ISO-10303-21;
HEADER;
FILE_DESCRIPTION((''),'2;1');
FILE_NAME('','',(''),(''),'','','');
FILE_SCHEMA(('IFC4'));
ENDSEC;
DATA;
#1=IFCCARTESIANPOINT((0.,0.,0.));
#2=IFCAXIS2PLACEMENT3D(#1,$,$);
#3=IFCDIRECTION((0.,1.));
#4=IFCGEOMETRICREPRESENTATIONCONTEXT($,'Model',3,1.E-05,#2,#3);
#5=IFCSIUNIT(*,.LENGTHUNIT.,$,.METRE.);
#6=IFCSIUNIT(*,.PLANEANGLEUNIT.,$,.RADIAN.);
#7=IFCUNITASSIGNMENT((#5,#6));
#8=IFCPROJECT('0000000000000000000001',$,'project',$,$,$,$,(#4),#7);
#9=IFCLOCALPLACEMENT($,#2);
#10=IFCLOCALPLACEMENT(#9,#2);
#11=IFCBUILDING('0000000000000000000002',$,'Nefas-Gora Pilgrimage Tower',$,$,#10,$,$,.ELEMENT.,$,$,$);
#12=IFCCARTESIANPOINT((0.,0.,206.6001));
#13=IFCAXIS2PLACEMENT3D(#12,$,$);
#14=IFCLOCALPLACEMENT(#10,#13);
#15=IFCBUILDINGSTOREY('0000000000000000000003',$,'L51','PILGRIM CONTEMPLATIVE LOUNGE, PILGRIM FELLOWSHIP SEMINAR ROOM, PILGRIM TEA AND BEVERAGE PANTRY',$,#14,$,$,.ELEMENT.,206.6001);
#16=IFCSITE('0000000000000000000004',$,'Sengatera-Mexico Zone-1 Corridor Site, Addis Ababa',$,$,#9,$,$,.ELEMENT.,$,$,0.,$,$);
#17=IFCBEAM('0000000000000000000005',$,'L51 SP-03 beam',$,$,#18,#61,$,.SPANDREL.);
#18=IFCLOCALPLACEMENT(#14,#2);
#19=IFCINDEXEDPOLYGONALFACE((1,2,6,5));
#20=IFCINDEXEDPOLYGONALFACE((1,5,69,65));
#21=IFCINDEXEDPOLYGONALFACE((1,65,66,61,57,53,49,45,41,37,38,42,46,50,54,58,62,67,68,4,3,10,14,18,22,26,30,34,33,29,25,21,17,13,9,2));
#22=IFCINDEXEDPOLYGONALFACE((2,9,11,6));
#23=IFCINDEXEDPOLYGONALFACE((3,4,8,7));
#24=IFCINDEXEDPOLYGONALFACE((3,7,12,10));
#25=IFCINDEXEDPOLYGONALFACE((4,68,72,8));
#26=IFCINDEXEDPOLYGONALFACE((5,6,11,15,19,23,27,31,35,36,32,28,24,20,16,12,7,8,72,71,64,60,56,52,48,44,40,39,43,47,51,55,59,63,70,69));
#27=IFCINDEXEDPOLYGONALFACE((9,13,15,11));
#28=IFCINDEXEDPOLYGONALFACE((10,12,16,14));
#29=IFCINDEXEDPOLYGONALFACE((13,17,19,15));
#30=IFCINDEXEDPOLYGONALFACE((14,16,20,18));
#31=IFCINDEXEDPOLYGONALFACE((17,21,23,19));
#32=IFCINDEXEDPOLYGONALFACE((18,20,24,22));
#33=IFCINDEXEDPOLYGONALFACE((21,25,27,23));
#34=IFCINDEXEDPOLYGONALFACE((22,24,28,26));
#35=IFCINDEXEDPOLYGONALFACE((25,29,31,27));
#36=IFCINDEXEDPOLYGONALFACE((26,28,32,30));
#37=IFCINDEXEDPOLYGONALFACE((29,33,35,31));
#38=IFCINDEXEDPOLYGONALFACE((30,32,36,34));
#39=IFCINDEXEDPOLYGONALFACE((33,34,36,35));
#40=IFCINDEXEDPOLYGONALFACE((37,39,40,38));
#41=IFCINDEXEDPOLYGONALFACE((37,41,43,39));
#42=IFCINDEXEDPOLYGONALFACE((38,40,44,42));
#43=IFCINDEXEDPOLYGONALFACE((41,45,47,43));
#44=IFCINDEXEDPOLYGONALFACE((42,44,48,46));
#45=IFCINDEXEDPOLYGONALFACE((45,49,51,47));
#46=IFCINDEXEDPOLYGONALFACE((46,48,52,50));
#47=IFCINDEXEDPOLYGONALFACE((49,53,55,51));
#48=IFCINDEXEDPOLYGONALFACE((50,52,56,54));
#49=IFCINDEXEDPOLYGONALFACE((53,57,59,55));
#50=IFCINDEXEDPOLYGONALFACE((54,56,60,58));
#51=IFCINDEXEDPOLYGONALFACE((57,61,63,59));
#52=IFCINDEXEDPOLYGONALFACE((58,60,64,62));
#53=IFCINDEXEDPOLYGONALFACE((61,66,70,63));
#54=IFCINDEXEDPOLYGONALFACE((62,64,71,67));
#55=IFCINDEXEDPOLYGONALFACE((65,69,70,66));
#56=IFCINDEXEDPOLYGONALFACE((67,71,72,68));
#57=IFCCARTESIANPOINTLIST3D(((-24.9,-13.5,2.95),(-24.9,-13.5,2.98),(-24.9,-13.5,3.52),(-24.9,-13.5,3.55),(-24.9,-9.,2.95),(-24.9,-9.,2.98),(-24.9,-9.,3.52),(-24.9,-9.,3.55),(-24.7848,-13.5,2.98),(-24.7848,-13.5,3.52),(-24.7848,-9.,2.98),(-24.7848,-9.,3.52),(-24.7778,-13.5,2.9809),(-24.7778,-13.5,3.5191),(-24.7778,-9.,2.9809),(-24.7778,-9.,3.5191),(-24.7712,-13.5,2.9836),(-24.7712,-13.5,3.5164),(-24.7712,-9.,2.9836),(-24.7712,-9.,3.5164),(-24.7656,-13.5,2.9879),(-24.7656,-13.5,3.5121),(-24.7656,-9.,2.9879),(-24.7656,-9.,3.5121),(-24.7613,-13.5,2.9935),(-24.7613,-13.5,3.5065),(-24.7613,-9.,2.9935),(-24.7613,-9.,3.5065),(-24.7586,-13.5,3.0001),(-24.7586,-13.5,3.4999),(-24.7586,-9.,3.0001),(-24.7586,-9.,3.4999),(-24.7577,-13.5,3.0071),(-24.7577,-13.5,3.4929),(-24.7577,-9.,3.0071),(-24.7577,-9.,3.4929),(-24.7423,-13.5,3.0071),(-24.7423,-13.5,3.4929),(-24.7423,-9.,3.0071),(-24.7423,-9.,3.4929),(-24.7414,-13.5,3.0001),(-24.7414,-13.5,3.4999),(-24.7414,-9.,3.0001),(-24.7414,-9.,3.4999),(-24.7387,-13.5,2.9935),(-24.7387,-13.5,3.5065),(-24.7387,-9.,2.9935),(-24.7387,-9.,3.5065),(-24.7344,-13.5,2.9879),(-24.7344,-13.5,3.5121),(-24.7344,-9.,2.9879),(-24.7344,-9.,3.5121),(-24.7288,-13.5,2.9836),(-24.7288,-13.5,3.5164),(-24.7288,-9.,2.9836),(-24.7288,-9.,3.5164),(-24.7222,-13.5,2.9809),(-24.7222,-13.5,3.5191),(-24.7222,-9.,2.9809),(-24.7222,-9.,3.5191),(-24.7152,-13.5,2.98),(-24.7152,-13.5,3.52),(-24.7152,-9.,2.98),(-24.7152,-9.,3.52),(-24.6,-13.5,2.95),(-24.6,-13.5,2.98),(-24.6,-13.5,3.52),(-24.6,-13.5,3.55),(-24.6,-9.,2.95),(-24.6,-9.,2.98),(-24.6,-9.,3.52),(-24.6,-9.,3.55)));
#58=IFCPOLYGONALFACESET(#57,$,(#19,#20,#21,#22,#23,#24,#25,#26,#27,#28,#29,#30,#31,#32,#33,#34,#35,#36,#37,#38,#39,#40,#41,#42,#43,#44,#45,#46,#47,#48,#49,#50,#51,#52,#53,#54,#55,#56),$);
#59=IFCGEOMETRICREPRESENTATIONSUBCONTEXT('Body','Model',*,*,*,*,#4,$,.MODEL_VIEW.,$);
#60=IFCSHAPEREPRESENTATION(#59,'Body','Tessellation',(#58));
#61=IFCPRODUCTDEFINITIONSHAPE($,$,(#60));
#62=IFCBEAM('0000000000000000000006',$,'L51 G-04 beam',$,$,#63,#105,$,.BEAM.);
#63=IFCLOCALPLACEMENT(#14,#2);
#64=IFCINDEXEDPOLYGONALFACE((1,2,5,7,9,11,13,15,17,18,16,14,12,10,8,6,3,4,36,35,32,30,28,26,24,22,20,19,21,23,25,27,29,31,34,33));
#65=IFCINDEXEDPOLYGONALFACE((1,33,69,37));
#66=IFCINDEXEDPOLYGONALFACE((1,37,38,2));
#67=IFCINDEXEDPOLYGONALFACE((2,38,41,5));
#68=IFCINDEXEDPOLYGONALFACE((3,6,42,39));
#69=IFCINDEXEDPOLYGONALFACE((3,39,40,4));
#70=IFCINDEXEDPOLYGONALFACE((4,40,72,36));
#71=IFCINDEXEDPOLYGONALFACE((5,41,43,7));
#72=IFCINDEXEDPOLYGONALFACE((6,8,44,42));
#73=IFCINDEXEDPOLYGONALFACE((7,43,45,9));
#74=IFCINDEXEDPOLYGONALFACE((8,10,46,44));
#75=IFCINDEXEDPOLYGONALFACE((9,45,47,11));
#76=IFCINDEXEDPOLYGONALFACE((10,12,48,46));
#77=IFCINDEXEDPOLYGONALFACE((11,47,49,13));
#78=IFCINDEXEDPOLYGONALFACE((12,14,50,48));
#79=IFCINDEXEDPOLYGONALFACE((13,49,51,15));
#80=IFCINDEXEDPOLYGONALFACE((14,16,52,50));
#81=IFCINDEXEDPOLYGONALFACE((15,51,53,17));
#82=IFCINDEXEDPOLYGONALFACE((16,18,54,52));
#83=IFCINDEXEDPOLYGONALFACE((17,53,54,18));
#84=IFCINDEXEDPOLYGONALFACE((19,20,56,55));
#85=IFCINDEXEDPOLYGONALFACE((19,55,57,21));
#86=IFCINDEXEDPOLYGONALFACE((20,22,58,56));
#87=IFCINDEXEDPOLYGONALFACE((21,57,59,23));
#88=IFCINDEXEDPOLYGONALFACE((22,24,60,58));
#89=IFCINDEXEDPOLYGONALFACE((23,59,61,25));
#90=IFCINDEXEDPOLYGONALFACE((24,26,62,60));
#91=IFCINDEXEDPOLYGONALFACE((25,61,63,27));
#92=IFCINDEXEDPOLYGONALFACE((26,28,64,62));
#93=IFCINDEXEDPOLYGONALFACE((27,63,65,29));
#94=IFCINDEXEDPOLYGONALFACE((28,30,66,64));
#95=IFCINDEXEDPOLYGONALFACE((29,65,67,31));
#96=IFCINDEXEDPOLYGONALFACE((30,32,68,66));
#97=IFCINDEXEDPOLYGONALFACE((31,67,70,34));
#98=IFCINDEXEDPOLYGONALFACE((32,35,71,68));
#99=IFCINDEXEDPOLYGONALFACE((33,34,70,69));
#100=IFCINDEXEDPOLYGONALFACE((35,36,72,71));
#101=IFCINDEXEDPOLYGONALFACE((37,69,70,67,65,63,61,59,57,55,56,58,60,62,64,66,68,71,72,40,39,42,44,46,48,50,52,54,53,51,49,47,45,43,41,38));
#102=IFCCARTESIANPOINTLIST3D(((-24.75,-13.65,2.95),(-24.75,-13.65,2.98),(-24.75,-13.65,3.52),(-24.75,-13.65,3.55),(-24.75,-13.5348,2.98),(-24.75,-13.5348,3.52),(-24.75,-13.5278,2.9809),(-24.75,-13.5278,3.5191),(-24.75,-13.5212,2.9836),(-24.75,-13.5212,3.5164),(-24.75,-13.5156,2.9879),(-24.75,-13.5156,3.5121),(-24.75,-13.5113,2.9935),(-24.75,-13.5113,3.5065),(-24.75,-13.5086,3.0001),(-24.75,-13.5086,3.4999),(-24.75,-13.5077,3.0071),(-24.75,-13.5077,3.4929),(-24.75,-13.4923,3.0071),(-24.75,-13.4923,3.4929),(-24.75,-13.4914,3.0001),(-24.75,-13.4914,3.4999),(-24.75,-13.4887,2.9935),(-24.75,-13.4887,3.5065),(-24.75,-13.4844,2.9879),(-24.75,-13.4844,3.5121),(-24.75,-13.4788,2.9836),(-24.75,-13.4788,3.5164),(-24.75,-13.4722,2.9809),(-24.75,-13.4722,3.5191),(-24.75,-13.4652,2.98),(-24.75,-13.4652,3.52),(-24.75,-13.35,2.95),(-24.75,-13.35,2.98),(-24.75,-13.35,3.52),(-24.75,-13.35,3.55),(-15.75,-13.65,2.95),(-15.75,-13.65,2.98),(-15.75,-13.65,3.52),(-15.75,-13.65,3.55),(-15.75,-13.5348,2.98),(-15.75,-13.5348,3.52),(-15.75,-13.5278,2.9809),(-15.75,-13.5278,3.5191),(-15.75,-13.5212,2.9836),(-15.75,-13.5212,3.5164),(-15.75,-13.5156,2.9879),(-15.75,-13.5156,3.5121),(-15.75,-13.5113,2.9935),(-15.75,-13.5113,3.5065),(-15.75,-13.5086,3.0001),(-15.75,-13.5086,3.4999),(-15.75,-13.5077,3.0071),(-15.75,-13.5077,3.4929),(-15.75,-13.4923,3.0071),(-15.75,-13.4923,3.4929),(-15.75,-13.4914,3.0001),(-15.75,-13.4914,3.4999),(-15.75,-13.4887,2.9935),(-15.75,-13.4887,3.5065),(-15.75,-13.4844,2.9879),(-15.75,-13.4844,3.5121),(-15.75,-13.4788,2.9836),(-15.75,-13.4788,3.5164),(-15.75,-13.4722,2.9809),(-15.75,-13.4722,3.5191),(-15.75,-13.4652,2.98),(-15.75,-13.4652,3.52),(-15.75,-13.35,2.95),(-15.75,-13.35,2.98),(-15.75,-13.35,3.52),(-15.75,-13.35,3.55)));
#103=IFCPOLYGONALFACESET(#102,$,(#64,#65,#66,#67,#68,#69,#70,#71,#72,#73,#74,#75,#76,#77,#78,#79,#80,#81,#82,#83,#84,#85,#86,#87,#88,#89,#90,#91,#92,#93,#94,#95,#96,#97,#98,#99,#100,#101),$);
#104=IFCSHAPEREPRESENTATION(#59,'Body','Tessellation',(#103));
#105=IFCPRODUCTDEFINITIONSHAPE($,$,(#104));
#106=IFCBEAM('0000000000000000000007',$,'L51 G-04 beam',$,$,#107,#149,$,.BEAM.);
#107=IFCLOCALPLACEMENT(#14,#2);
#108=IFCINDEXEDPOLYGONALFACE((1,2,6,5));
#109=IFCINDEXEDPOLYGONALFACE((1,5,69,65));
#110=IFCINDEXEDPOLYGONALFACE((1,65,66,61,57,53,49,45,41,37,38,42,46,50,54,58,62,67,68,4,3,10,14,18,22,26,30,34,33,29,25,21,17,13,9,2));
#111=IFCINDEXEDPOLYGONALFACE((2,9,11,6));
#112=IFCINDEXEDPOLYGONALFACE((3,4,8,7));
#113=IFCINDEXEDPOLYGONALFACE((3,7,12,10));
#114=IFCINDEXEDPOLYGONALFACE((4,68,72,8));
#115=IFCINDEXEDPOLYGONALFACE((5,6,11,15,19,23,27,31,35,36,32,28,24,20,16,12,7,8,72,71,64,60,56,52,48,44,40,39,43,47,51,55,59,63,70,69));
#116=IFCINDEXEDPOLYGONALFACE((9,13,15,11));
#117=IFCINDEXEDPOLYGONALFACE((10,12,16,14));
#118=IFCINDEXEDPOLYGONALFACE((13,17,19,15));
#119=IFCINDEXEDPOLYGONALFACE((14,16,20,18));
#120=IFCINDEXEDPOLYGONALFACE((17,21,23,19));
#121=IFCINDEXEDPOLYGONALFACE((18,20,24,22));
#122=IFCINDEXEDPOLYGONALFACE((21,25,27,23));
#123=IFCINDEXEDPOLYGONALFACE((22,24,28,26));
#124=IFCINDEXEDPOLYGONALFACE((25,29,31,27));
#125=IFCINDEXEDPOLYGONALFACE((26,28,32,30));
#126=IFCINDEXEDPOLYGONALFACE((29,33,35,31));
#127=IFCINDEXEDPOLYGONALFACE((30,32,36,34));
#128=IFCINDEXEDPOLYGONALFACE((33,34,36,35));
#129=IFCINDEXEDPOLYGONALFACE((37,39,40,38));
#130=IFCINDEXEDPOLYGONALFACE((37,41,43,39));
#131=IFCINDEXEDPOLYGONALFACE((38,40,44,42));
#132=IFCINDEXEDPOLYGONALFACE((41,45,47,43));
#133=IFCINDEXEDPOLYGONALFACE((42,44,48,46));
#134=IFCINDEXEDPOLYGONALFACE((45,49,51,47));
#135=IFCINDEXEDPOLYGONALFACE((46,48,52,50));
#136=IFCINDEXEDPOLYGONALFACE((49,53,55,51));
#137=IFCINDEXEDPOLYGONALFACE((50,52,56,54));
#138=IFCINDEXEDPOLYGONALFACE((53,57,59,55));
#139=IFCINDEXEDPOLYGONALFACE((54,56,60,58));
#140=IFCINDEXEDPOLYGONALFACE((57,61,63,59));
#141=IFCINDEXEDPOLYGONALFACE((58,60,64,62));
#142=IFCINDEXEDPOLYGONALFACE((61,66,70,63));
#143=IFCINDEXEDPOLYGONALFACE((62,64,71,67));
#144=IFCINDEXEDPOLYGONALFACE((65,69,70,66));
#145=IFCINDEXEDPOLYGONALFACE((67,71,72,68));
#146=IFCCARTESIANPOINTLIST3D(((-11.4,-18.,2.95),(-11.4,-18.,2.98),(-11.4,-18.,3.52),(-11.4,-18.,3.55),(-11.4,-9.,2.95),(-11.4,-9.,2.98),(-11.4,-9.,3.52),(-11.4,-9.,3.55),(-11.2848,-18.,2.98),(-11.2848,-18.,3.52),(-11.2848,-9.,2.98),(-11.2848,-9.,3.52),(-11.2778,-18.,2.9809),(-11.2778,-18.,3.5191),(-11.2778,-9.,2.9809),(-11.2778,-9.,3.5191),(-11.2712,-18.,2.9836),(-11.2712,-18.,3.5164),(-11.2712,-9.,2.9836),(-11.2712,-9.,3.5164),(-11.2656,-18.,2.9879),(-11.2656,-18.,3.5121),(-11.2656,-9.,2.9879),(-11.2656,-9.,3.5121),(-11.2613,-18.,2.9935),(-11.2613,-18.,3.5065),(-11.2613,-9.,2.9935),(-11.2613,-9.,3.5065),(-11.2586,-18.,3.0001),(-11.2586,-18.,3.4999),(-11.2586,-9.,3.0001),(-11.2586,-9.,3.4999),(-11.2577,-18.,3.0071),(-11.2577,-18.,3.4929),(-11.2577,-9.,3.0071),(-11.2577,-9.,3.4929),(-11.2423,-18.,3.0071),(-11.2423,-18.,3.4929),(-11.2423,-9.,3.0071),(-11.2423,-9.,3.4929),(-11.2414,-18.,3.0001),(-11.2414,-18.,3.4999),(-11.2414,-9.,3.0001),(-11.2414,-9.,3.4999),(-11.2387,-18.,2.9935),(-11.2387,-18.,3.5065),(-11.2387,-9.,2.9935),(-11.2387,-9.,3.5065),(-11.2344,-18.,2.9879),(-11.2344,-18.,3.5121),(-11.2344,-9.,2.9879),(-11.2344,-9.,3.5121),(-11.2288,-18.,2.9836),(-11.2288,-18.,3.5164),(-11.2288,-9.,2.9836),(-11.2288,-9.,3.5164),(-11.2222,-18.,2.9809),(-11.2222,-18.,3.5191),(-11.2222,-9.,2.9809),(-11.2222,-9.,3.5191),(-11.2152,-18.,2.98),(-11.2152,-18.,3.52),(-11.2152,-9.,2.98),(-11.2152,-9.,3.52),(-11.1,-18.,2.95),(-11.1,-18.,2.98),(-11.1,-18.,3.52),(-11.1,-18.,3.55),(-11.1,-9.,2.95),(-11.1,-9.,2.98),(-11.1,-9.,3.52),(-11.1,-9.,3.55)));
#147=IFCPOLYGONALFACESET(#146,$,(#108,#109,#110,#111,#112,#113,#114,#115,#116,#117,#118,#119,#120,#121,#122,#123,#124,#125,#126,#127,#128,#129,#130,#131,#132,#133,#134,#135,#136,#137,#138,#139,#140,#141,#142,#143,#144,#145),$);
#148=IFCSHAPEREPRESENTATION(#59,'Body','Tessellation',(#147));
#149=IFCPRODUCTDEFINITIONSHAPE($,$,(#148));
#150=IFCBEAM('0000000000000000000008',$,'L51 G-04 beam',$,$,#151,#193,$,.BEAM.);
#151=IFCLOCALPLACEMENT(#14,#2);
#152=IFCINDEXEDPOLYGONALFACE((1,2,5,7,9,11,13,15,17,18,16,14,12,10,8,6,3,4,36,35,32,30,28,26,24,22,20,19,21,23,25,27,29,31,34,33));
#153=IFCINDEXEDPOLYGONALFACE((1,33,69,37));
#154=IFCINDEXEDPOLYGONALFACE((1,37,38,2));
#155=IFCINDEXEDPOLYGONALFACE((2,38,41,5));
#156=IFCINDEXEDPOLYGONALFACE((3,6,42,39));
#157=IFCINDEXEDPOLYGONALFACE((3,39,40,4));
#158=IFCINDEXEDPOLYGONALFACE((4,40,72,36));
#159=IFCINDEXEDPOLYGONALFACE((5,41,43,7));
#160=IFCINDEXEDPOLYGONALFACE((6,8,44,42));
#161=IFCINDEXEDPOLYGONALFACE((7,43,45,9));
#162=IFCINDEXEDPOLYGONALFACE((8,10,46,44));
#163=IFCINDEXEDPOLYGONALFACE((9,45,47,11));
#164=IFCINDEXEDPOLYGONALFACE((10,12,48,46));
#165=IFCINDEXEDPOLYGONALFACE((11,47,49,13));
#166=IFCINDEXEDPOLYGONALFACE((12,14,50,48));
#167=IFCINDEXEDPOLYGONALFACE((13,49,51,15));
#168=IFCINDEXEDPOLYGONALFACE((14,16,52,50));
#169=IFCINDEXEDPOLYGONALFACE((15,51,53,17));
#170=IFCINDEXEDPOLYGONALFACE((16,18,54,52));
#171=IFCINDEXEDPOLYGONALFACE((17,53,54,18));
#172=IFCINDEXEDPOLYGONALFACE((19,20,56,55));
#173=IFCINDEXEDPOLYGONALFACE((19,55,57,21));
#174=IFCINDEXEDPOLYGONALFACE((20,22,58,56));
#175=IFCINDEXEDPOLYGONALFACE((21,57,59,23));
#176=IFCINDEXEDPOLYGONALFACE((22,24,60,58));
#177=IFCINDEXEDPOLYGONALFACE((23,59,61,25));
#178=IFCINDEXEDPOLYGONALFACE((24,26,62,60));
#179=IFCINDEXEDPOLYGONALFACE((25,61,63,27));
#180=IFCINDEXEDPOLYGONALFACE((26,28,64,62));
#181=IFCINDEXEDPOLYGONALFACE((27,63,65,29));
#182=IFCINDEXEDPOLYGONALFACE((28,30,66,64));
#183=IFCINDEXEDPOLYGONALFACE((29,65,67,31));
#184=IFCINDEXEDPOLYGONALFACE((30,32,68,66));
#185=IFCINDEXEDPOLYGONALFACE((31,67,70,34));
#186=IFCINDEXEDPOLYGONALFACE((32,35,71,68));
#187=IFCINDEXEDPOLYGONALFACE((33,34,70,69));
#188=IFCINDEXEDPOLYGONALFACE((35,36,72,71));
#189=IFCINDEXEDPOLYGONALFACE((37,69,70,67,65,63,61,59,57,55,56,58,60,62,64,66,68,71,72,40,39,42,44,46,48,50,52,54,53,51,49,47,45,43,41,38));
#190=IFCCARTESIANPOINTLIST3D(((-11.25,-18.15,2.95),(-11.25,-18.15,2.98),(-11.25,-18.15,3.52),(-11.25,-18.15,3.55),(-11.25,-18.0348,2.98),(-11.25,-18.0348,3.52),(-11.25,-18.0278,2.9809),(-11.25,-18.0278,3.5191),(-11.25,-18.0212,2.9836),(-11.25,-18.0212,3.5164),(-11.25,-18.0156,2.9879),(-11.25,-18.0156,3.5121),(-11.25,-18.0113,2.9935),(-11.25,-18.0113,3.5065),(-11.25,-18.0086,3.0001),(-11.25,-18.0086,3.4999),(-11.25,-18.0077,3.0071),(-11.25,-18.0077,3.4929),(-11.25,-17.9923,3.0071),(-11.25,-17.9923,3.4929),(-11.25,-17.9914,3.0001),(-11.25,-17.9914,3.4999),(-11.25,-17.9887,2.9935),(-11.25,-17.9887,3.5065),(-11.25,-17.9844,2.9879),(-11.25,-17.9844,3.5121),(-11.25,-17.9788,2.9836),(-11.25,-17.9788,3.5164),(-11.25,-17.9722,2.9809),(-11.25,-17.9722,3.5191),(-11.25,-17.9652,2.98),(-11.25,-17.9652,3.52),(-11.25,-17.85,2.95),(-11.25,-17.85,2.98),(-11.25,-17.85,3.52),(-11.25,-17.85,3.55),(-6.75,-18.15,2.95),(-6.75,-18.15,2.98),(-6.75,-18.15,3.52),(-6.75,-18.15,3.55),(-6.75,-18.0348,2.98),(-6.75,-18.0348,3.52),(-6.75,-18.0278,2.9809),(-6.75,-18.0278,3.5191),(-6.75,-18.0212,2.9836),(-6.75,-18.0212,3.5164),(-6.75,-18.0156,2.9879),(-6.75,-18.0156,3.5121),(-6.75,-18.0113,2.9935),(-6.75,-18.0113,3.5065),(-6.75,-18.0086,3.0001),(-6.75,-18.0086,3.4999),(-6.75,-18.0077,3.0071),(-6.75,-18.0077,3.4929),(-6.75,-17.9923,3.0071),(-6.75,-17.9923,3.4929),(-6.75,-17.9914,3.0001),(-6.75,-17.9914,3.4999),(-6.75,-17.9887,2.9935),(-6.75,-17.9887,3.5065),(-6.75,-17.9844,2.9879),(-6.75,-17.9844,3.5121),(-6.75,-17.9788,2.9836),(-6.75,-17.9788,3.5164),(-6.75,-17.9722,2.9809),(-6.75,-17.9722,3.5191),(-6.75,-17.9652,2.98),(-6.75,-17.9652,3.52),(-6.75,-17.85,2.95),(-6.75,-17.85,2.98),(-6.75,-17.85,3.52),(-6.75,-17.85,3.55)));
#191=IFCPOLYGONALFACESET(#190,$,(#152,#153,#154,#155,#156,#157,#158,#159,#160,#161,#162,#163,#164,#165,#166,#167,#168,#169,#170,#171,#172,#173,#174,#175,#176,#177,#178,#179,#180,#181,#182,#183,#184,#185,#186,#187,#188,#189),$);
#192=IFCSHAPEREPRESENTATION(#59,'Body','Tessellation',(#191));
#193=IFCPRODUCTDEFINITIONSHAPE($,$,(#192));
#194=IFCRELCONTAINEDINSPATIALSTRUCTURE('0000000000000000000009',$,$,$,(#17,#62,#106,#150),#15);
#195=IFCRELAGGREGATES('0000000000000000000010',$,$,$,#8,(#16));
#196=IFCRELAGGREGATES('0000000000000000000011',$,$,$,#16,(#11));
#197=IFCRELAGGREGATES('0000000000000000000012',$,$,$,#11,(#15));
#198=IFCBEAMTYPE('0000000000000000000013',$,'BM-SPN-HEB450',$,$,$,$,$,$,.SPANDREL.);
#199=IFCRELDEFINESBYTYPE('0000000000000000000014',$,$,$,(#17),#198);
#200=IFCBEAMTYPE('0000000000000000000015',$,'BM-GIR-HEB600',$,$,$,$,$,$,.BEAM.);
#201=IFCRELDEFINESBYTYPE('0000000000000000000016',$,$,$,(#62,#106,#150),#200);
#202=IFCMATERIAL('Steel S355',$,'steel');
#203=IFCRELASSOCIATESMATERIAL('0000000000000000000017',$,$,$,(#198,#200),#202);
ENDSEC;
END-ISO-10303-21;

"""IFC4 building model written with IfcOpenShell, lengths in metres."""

from ifc_helpers import new_model, si_unit, direction, frame, origin, origin_2d, place, context, subcontext, project, spatial, i_section, extrude, source, transform, mapped, material, material_profile, profile_set, type_object, element, save


model = new_model("IFC4")

# Units and contexts
model_context = context("Model", 3, precision=1e-05, world=origin(), true_north=direction((0.0, 1.0)))
body_context = subcontext(model_context, "Body", "Model", "MODEL_VIEW")
ifc_project = project(units=[si_unit("LENGTHUNIT", "METRE"), si_unit("PLANEANGLEUNIT", "RADIAN")], contexts=[model_context])

# Site, building, storey
site_placement = place(None, origin())
site = spatial("IfcSite", under=ifc_project, at=site_placement, Name="Sengatera-Mexico Zone-1 Corridor Site, Addis Ababa", CompositionType="ELEMENT", RefElevation=0.0)
building_placement = place(site_placement, origin())
building = spatial("IfcBuilding", under=site, at=building_placement, Name="Nefas-Gora Pilgrimage Tower", CompositionType="ELEMENT")
storey_placement = place(building_placement, frame((0.0, 0.0, 206.6001)))
storey = spatial("IfcBuildingStorey", under=building, at=storey_placement, Name="L51", Description="PILGRIM CONTEMPLATIVE LOUNGE, PILGRIM FELLOWSHIP SEMINAR ROOM, PILGRIM TEA AND BEVERAGE PANTRY", CompositionType="ELEMENT", Elevation=206.6001)

# Beams
ifc_material_1 = material(Name="Steel S355", Category="steel")
ifc_material_profile_1 = material_profile(ifc_material_1, i_section(OverallWidth=0.3, OverallDepth=0.6001, WebThickness=0.0154, FlangeThickness=0.03, FilletRadius=0.0271, at=origin_2d()), Name="HEB 600")
ifc_profile_set_1 = profile_set([ifc_material_profile_1], Name="Steel S355")
beam_type_1 = type_object("IfcBeamType", Name="BM-SPN-HEB450", PredefinedType="SPANDREL", material=ifc_profile_set_1)
shared_shape_1 = source(origin(), body_context, "Body", "SweptSolid", [
    extrude(i_section(OverallWidth=0.3, OverallDepth=0.6001, WebThickness=0.0154, FlangeThickness=0.03, FilletRadius=0.0271, at=origin_2d()), origin(), (0.0, 0.0, 1.0), 4.5),
])
beam_1_placement = place(storey_placement, frame((-24.75, -13.5, 3.25), z_axis=(0.0, 1.0, 0.0), x_axis=(-1.0, 0.0, 0.0)))
element("IfcBeam", 1, at=beam_1_placement, inside=storey, type_object=beam_type_1, Name="L51 SP-03 beam", PredefinedType="SPANDREL", context=body_context, shape_type="MappedRepresentation", body=[
    mapped(shared_shape_1, transform((0.0, 0.0, 0.0), x_axis=(1.0, 0.0, 0.0), y_axis=(0.0, 1.0, 0.0), z_axis=(0.0, 0.0, 1.0), scale=1.0)),
])
ifc_material_profile_2 = material_profile(ifc_material_1, i_section(OverallWidth=0.3, OverallDepth=0.6001, WebThickness=0.0154, FlangeThickness=0.03, FilletRadius=0.0271, at=origin_2d()), Name="HEB 600")
ifc_profile_set_2 = profile_set([ifc_material_profile_2], Name="Steel S355")
beam_type_2 = type_object("IfcBeamType", Name="BM-GIR-HEB600", PredefinedType="BEAM", material=ifc_profile_set_2)
shared_shape_2 = source(origin(), body_context, "Body", "SweptSolid", [
    extrude(i_section(OverallWidth=0.3, OverallDepth=0.6001, WebThickness=0.0154, FlangeThickness=0.03, FilletRadius=0.0271, at=origin_2d()), origin(), (0.0, 0.0, 1.0), 9.0),
])
for number, where, z_axis, x_axis, name in (
    (2, (-24.75, -13.5, 3.25), (1.0, 0.0, 0.0), (0.0, 1.0, 0.0), "L51 G-04 beam"),
    (3, (-11.25, -18.0, 3.25), (0.0, 1.0, 0.0), (-1.0, 0.0, 0.0), "L51 G-04 beam"),
):
    element("IfcBeam", number, at=place(storey_placement, frame(where, z_axis=z_axis, x_axis=x_axis)), inside=storey, type_object=beam_type_2, Name=name, PredefinedType="BEAM", context=body_context, shape_type="MappedRepresentation", body=[
        mapped(shared_shape_2, transform((0.0, 0.0, 0.0), x_axis=(1.0, 0.0, 0.0), y_axis=(0.0, 1.0, 0.0), z_axis=(0.0, 0.0, 1.0), scale=1.0)),
    ])
shared_shape_3 = source(origin(), body_context, "Body", "SweptSolid", [
    extrude(i_section(OverallWidth=0.3, OverallDepth=0.6001, WebThickness=0.0154, FlangeThickness=0.03, FilletRadius=0.0271, at=origin_2d()), origin(), (0.0, 0.0, 1.0), 4.5),
])
beam_2_placement = place(storey_placement, frame((-11.25, -18.0, 3.25), z_axis=(1.0, 0.0, 0.0), x_axis=(0.0, 1.0, 0.0)))
element("IfcBeam", 4, at=beam_2_placement, inside=storey, type_object=beam_type_2, Name="L51 G-04 beam", PredefinedType="BEAM", context=body_context, shape_type="MappedRepresentation", body=[
    mapped(shared_shape_3, transform((0.0, 0.0, 0.0), x_axis=(1.0, 0.0, 0.0), y_axis=(0.0, 1.0, 0.0), z_axis=(0.0, 0.0, 1.0), scale=1.0)),
])

save(model, "model.ifc")
